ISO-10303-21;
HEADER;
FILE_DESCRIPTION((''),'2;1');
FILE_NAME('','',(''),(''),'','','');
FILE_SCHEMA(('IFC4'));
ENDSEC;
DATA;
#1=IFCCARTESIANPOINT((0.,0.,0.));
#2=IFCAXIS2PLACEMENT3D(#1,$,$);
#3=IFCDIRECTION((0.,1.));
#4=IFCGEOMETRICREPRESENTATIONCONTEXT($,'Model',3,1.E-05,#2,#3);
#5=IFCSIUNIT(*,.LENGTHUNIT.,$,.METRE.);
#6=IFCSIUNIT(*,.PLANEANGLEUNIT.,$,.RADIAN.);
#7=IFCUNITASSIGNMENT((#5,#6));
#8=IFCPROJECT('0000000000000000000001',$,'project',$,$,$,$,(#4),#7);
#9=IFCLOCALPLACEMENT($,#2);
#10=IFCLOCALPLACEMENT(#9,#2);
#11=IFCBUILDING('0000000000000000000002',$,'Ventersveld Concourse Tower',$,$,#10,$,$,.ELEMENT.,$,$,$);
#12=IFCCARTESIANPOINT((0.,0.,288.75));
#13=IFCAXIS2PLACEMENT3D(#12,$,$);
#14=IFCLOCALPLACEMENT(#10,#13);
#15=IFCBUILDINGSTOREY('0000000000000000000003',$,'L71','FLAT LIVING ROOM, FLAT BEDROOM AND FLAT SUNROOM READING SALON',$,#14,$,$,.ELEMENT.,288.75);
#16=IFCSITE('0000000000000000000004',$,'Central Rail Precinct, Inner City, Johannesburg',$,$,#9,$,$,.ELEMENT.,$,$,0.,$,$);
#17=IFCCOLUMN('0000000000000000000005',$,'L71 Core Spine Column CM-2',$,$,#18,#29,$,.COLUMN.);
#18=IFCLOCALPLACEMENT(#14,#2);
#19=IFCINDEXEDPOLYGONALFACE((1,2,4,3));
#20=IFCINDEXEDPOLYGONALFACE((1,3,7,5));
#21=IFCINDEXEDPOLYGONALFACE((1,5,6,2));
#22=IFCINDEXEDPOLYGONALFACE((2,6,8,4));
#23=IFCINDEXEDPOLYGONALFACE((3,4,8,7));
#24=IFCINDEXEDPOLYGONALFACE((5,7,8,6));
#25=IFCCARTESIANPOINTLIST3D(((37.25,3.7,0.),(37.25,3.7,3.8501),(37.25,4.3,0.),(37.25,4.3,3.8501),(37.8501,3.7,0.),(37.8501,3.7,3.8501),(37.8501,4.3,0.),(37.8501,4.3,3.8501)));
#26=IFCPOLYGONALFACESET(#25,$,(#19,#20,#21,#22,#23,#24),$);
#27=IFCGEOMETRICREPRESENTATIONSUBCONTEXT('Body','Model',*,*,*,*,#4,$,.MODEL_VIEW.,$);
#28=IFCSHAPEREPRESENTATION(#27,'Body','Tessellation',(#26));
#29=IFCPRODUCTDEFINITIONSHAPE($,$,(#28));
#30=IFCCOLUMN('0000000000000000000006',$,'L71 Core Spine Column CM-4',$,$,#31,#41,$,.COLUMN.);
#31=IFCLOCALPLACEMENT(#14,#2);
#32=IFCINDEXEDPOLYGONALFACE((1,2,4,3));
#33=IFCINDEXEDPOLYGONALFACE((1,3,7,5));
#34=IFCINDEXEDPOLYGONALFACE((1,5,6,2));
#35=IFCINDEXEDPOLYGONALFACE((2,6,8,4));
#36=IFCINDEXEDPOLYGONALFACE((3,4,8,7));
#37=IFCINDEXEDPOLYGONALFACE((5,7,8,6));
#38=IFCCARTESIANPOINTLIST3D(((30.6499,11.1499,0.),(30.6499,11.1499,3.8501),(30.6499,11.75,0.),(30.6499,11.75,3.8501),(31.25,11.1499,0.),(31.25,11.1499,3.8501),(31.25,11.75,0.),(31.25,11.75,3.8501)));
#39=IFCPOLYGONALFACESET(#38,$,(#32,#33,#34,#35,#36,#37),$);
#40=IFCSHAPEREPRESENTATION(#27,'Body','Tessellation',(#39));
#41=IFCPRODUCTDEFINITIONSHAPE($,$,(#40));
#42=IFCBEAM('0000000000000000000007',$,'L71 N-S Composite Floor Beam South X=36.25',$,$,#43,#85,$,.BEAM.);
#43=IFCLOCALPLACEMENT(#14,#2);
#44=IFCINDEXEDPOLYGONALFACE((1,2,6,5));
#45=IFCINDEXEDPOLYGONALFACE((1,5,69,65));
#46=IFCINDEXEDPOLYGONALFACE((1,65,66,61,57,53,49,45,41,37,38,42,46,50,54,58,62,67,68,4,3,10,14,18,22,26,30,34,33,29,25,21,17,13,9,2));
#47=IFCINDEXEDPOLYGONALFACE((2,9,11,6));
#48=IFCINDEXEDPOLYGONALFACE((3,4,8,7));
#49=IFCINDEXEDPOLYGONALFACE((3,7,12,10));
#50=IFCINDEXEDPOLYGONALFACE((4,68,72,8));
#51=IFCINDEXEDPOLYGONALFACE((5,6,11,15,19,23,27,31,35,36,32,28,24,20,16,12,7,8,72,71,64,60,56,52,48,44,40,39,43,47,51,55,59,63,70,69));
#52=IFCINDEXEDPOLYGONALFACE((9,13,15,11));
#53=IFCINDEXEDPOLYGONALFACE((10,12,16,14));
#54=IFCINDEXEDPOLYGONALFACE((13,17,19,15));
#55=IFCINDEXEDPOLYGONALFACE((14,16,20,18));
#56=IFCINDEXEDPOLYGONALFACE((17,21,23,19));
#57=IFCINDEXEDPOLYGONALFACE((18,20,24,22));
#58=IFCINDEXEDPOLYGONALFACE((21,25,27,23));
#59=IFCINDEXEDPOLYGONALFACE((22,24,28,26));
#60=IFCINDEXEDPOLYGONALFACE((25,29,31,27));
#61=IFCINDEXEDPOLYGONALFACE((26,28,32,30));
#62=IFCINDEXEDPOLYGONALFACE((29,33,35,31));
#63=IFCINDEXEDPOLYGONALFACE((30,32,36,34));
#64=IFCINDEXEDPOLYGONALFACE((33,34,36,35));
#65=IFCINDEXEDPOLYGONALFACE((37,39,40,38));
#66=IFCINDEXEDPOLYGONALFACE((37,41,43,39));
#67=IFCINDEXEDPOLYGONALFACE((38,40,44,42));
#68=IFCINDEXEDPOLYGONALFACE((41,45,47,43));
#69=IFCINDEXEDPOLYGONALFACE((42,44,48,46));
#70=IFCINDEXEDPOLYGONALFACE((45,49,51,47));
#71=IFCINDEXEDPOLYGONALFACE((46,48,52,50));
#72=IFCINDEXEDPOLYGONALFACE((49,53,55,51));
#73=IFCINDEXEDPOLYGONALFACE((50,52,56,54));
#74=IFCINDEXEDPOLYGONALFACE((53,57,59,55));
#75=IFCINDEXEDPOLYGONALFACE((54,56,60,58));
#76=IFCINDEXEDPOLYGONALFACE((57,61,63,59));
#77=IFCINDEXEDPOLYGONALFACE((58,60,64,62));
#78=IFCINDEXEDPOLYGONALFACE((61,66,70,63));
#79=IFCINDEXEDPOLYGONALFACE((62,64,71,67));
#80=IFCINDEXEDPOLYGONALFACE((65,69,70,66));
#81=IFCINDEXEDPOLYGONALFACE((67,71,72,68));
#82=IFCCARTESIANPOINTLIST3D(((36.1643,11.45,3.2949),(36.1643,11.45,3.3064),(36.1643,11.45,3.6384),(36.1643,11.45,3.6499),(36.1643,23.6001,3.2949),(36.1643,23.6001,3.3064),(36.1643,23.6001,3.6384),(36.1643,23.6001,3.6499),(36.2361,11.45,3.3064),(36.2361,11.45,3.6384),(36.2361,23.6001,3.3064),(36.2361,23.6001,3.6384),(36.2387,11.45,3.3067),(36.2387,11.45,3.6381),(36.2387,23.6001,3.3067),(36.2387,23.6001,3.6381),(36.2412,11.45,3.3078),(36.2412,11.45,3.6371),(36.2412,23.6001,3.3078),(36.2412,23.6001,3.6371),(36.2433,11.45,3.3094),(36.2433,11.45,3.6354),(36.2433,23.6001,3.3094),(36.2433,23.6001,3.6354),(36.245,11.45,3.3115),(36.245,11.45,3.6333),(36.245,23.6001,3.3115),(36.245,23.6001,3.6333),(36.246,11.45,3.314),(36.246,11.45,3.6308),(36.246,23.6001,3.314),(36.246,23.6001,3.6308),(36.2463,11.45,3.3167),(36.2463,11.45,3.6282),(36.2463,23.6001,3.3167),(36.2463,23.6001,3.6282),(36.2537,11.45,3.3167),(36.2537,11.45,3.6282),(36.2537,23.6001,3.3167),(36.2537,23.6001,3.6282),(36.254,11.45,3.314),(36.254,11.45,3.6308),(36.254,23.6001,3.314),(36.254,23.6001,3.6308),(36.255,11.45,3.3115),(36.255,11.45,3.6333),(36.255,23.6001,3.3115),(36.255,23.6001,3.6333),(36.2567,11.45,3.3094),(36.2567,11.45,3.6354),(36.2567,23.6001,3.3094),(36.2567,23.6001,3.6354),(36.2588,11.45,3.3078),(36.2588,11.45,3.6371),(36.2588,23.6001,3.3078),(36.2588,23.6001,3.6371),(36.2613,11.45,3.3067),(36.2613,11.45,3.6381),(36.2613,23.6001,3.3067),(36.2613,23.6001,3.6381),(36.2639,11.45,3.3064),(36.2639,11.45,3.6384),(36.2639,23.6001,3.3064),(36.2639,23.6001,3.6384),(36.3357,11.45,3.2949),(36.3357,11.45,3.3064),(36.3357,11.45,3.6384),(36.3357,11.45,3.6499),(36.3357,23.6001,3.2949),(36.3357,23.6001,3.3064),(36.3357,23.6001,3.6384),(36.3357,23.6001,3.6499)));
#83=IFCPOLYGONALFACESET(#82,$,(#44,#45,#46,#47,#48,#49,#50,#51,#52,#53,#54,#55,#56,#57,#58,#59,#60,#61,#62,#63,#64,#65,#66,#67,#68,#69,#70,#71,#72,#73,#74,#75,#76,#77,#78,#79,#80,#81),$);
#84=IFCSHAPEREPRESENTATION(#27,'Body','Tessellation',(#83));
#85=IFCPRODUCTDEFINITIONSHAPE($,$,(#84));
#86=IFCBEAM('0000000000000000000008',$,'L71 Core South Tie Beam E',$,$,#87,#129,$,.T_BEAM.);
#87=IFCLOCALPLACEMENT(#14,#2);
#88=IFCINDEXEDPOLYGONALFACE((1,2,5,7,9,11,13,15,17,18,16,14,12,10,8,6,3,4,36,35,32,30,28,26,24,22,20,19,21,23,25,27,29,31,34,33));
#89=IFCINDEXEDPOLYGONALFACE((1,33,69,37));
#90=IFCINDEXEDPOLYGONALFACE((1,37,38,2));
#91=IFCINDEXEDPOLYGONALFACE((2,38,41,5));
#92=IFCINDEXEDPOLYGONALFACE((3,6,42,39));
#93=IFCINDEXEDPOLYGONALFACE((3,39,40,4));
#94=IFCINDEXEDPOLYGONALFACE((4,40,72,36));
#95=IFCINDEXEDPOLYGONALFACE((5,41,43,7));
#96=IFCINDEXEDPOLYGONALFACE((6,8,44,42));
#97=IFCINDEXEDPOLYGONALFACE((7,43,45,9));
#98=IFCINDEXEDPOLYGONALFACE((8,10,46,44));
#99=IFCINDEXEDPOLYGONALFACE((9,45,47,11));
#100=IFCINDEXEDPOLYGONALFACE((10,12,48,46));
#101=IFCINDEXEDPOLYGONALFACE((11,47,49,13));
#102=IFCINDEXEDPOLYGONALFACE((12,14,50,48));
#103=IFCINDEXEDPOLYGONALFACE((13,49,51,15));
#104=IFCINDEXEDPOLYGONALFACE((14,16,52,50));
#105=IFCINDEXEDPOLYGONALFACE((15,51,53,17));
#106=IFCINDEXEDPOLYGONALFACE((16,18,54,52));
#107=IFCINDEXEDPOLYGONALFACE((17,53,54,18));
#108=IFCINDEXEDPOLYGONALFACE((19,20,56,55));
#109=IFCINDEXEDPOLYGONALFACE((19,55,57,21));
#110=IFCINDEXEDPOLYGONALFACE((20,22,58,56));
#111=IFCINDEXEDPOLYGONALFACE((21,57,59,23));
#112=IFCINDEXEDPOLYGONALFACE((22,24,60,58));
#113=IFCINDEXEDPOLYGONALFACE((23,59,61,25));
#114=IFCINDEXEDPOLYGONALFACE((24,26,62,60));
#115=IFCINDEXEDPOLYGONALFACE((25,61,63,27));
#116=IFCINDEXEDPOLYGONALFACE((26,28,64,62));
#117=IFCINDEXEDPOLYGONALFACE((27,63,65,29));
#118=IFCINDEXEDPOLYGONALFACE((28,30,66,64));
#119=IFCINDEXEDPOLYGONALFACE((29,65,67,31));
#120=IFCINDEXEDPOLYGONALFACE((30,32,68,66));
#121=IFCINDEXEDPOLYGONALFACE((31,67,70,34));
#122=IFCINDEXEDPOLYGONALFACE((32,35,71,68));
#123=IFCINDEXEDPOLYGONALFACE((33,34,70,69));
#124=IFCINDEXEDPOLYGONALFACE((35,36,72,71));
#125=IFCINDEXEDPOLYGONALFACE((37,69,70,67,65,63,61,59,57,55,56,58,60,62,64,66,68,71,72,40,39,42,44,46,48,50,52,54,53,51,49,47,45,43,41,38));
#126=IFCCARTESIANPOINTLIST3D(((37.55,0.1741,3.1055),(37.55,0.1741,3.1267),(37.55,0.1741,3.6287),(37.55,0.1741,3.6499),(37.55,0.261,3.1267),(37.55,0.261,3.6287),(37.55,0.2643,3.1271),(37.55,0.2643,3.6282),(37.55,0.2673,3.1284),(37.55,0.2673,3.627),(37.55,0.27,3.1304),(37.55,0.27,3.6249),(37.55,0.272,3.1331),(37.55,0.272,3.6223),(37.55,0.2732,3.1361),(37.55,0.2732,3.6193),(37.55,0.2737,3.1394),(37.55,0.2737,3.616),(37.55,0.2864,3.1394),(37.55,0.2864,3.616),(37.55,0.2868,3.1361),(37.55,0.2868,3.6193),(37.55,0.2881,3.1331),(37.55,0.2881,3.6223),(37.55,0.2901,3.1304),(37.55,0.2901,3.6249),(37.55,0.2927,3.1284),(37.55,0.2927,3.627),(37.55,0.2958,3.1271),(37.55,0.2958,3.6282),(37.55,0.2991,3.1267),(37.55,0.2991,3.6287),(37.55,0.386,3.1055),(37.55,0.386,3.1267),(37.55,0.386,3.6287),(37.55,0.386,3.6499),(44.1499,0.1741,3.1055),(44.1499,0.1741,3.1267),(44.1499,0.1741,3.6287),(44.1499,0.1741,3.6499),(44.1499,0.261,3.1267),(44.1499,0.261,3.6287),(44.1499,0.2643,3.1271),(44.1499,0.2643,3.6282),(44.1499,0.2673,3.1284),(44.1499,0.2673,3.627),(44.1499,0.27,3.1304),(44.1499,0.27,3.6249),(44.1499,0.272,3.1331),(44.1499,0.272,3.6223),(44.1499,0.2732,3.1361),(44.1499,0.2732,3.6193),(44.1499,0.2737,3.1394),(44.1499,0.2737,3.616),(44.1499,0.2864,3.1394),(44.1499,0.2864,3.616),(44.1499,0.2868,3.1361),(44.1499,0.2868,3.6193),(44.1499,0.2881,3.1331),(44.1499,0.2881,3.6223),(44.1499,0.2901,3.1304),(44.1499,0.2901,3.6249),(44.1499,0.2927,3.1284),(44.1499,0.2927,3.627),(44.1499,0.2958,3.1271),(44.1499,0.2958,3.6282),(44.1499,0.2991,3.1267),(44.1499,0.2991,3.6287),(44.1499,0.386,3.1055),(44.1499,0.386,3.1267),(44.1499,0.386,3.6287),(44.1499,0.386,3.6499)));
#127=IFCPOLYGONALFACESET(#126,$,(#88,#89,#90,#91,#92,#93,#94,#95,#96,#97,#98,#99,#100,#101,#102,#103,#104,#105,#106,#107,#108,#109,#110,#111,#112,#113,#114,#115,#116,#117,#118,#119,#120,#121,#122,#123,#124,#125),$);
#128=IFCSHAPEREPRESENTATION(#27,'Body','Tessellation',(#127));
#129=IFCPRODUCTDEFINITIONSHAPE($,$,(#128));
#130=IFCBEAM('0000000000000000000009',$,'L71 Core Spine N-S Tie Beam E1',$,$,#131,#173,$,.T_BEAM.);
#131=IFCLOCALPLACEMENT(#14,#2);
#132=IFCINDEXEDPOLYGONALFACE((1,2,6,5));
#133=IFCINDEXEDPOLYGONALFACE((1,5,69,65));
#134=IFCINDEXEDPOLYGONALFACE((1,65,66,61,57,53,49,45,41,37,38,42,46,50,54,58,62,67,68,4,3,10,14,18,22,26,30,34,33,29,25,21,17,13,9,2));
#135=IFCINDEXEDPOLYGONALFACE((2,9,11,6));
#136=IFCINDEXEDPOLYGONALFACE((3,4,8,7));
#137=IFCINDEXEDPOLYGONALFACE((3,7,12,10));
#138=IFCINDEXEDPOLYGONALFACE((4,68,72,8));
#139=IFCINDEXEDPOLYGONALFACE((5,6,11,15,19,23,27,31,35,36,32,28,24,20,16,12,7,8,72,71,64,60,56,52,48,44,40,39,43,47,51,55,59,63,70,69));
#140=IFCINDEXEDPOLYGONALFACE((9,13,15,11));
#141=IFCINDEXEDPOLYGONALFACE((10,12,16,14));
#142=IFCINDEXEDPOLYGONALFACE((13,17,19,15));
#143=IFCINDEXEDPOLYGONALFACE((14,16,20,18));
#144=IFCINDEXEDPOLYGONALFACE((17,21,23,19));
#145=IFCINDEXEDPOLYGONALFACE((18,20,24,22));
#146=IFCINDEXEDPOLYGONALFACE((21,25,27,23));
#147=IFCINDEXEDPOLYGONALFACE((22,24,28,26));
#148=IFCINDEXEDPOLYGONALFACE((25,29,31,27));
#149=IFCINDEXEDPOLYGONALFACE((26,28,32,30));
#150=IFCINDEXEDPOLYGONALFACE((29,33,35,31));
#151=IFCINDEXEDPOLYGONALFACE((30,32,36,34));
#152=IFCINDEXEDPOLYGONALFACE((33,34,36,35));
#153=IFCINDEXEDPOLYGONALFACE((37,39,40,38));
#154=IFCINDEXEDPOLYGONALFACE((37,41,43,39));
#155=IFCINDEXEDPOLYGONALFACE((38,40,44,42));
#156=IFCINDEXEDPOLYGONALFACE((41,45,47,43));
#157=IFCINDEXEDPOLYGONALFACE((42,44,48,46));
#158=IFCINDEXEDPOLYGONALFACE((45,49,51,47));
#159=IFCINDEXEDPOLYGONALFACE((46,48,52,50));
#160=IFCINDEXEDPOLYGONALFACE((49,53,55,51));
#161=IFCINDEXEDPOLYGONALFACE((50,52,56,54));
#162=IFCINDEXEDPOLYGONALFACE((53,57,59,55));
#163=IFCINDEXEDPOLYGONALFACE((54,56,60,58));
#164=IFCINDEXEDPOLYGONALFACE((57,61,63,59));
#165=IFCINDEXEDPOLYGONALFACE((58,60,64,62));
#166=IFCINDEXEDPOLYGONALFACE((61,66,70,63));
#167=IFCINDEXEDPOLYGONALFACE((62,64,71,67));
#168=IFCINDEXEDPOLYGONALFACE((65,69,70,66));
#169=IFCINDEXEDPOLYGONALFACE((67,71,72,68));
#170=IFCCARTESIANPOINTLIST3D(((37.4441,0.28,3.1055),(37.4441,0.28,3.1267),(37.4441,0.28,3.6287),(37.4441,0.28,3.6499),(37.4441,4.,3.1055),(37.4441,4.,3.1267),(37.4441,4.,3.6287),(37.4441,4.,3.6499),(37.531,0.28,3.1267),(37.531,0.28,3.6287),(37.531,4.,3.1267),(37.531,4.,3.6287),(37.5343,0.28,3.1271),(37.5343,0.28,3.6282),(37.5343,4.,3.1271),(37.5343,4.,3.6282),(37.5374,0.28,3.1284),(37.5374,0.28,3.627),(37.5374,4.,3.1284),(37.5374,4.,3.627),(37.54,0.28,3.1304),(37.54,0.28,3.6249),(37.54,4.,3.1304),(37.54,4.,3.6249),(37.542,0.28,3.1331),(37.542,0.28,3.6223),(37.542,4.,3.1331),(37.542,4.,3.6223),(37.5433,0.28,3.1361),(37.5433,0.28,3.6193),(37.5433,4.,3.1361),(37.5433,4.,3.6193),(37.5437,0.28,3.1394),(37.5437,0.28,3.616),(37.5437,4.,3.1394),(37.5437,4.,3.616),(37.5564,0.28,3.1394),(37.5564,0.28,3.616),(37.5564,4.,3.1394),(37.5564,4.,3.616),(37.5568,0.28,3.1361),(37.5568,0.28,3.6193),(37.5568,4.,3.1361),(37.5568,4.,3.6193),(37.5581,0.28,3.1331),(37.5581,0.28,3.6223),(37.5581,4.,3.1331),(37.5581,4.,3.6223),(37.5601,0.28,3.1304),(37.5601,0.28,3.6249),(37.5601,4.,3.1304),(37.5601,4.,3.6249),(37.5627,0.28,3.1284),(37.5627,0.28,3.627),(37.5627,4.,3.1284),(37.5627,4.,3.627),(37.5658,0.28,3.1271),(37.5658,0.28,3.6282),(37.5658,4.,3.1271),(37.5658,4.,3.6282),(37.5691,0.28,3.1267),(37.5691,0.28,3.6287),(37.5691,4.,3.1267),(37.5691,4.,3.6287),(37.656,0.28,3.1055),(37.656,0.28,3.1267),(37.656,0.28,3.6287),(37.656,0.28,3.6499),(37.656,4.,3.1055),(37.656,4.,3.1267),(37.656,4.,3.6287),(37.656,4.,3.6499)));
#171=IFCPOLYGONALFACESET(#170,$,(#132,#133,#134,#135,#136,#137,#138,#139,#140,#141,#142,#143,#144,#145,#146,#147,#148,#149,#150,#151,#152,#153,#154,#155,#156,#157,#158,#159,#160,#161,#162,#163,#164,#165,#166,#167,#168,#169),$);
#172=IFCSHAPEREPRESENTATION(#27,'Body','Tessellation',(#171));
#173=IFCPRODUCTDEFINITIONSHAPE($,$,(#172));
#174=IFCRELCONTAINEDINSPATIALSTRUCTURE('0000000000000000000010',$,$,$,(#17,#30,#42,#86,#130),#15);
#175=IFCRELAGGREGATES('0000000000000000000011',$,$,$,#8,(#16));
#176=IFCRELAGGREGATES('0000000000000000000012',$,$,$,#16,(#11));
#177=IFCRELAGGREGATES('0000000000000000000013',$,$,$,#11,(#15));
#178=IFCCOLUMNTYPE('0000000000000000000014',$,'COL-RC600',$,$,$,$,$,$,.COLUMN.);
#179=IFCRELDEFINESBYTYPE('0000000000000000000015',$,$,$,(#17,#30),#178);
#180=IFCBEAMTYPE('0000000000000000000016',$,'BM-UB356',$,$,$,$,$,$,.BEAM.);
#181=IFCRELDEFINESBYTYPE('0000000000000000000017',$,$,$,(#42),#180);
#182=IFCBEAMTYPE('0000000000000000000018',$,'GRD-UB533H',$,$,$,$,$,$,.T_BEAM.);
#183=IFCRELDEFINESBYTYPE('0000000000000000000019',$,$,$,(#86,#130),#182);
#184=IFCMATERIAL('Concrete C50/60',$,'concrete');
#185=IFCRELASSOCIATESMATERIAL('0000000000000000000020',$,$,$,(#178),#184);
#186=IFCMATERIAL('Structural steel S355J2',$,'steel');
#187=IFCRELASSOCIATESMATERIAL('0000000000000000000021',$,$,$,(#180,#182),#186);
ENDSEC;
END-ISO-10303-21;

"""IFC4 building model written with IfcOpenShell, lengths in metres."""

from ifc_helpers import new_model, si_unit, direction, frame, origin, origin_2d, place, context, subcontext, project, spatial, rectangle, i_section, extrude, material, material_profile, profile_set, type_object, element, save


model = new_model("IFC4")

# Units and contexts
model_context = context("Model", 3, precision=1e-05, world=origin(), true_north=direction((0.0, 1.0)))
body_context = subcontext(model_context, "Body", "Model", "MODEL_VIEW")
ifc_project = project(units=[si_unit("LENGTHUNIT", "METRE"), si_unit("PLANEANGLEUNIT", "RADIAN")], contexts=[model_context])

# Site, building, storey
site_placement = place(None, origin())
site = spatial("IfcSite", under=ifc_project, at=site_placement, Name="Central Rail Precinct, Inner City, Johannesburg", CompositionType="ELEMENT", RefElevation=0.0)
building_placement = place(site_placement, origin())
building = spatial("IfcBuilding", under=site, at=building_placement, Name="Ventersveld Concourse Tower", CompositionType="ELEMENT")
storey_placement = place(building_placement, frame((0.0, 0.0, 288.75)))
storey = spatial("IfcBuildingStorey", under=building, at=storey_placement, Name="L71", Description="FLAT LIVING ROOM, FLAT BEDROOM AND FLAT SUNROOM READING SALON", CompositionType="ELEMENT", Elevation=288.75)

# Columns
ifc_material_1 = material(Name="Concrete C50/60", Category="concrete")
ifc_material_profile_1 = material_profile(ifc_material_1, rectangle(XDim=0.6001, YDim=0.6001, at=origin_2d()), Name="RC 600x600")
ifc_profile_set_1 = profile_set([ifc_material_profile_1], Name="Concrete C50/60")
column_type = type_object("IfcColumnType", Name="COL-RC600", PredefinedType="COLUMN", material=ifc_profile_set_1)
for number, where, z_axis, x_axis, name in (
    (1, (37.55, 4.0, 0.0), (0.0, 0.0, 1.0), (1.0, 0.0, 0.0), "L71 Core Spine Column CM-2"),
    (2, (30.95, 11.45, 0.0), (0.0, 0.0, 1.0), (1.0, 0.0, 0.0), "L71 Core Spine Column CM-4"),
):
    element("IfcColumn", number, at=place(storey_placement, frame(where, z_axis=z_axis, x_axis=x_axis)), inside=storey, type_object=column_type, Name=name, PredefinedType="COLUMN", context=body_context, shape_type="SweptSolid", body=[
        extrude(rectangle(XDim=0.6001, YDim=0.6001, at=origin_2d()), origin(), (0.0, 0.0, 1.0), 3.8501),
    ])

# Beams
ifc_material_2 = material(Name="Structural steel S355J2", Category="steel")
ifc_material_profile_2 = material_profile(ifc_material_2, i_section(OverallWidth=0.1714, OverallDepth=0.355, WebThickness=0.0073, FlangeThickness=0.0115, FilletRadius=0.0103, at=origin_2d()), Name="UB 356x171x51")
ifc_profile_set_2 = profile_set([ifc_material_profile_2], Name="Structural steel S355J2")
beam_type_1 = type_object("IfcBeamType", Name="BM-UB356", PredefinedType="BEAM", material=ifc_profile_set_2)
beam_1_placement = place(storey_placement, frame((36.25, 11.45, 3.4724), z_axis=(0.0, 1.0, 0.0), x_axis=(-1.0, 0.0, 0.0)))
element("IfcBeam", 3, at=beam_1_placement, inside=storey, type_object=beam_type_1, Name="L71 N-S Composite Floor Beam South X=36.25", PredefinedType="BEAM", context=body_context, shape_type="SweptSolid", body=[
    extrude(i_section(OverallWidth=0.1714, OverallDepth=0.355, WebThickness=0.0073, FlangeThickness=0.0115, FilletRadius=0.0103, at=origin_2d()), origin(), (0.0, 0.0, 1.0), 12.1501),
])
ifc_material_profile_3 = material_profile(ifc_material_2, i_section(OverallWidth=0.2119, OverallDepth=0.5444, WebThickness=0.0127, FlangeThickness=0.0212, FilletRadius=0.0127, at=origin_2d()), Name="UB 533x210x122")
ifc_profile_set_3 = profile_set([ifc_material_profile_3], Name="Structural steel S355J2")
beam_type_2 = type_object("IfcBeamType", Name="GRD-UB533H", PredefinedType="T_BEAM", material=ifc_profile_set_3)
beam_2_placement = place(storey_placement, frame((37.55, 0.28, 3.3777), z_axis=(1.0, 0.0, 0.0), x_axis=(0.0, 1.0, 0.0)))
element("IfcBeam", 4, at=beam_2_placement, inside=storey, type_object=beam_type_2, Name="L71 Core South Tie Beam E", PredefinedType="T_BEAM", context=body_context, shape_type="SweptSolid", body=[
    extrude(i_section(OverallWidth=0.2119, OverallDepth=0.5444, WebThickness=0.0127, FlangeThickness=0.0212, FilletRadius=0.0127, at=origin_2d()), origin(), (0.0, 0.0, 1.0), 6.5999),
])
beam_3_placement = place(storey_placement, frame((37.55, 0.28, 3.3777), z_axis=(0.0, 1.0, 0.0), x_axis=(-1.0, 0.0, 0.0)))
element("IfcBeam", 5, at=beam_3_placement, inside=storey, type_object=beam_type_2, Name="L71 Core Spine N-S Tie Beam E1", PredefinedType="T_BEAM", context=body_context, shape_type="SweptSolid", body=[
    extrude(i_section(OverallWidth=0.2119, OverallDepth=0.5444, WebThickness=0.0127, FlangeThickness=0.0212, FilletRadius=0.0127, at=origin_2d()), origin(), (0.0, 0.0, 1.0), 3.72),
])

save(model, "model.ifc")
